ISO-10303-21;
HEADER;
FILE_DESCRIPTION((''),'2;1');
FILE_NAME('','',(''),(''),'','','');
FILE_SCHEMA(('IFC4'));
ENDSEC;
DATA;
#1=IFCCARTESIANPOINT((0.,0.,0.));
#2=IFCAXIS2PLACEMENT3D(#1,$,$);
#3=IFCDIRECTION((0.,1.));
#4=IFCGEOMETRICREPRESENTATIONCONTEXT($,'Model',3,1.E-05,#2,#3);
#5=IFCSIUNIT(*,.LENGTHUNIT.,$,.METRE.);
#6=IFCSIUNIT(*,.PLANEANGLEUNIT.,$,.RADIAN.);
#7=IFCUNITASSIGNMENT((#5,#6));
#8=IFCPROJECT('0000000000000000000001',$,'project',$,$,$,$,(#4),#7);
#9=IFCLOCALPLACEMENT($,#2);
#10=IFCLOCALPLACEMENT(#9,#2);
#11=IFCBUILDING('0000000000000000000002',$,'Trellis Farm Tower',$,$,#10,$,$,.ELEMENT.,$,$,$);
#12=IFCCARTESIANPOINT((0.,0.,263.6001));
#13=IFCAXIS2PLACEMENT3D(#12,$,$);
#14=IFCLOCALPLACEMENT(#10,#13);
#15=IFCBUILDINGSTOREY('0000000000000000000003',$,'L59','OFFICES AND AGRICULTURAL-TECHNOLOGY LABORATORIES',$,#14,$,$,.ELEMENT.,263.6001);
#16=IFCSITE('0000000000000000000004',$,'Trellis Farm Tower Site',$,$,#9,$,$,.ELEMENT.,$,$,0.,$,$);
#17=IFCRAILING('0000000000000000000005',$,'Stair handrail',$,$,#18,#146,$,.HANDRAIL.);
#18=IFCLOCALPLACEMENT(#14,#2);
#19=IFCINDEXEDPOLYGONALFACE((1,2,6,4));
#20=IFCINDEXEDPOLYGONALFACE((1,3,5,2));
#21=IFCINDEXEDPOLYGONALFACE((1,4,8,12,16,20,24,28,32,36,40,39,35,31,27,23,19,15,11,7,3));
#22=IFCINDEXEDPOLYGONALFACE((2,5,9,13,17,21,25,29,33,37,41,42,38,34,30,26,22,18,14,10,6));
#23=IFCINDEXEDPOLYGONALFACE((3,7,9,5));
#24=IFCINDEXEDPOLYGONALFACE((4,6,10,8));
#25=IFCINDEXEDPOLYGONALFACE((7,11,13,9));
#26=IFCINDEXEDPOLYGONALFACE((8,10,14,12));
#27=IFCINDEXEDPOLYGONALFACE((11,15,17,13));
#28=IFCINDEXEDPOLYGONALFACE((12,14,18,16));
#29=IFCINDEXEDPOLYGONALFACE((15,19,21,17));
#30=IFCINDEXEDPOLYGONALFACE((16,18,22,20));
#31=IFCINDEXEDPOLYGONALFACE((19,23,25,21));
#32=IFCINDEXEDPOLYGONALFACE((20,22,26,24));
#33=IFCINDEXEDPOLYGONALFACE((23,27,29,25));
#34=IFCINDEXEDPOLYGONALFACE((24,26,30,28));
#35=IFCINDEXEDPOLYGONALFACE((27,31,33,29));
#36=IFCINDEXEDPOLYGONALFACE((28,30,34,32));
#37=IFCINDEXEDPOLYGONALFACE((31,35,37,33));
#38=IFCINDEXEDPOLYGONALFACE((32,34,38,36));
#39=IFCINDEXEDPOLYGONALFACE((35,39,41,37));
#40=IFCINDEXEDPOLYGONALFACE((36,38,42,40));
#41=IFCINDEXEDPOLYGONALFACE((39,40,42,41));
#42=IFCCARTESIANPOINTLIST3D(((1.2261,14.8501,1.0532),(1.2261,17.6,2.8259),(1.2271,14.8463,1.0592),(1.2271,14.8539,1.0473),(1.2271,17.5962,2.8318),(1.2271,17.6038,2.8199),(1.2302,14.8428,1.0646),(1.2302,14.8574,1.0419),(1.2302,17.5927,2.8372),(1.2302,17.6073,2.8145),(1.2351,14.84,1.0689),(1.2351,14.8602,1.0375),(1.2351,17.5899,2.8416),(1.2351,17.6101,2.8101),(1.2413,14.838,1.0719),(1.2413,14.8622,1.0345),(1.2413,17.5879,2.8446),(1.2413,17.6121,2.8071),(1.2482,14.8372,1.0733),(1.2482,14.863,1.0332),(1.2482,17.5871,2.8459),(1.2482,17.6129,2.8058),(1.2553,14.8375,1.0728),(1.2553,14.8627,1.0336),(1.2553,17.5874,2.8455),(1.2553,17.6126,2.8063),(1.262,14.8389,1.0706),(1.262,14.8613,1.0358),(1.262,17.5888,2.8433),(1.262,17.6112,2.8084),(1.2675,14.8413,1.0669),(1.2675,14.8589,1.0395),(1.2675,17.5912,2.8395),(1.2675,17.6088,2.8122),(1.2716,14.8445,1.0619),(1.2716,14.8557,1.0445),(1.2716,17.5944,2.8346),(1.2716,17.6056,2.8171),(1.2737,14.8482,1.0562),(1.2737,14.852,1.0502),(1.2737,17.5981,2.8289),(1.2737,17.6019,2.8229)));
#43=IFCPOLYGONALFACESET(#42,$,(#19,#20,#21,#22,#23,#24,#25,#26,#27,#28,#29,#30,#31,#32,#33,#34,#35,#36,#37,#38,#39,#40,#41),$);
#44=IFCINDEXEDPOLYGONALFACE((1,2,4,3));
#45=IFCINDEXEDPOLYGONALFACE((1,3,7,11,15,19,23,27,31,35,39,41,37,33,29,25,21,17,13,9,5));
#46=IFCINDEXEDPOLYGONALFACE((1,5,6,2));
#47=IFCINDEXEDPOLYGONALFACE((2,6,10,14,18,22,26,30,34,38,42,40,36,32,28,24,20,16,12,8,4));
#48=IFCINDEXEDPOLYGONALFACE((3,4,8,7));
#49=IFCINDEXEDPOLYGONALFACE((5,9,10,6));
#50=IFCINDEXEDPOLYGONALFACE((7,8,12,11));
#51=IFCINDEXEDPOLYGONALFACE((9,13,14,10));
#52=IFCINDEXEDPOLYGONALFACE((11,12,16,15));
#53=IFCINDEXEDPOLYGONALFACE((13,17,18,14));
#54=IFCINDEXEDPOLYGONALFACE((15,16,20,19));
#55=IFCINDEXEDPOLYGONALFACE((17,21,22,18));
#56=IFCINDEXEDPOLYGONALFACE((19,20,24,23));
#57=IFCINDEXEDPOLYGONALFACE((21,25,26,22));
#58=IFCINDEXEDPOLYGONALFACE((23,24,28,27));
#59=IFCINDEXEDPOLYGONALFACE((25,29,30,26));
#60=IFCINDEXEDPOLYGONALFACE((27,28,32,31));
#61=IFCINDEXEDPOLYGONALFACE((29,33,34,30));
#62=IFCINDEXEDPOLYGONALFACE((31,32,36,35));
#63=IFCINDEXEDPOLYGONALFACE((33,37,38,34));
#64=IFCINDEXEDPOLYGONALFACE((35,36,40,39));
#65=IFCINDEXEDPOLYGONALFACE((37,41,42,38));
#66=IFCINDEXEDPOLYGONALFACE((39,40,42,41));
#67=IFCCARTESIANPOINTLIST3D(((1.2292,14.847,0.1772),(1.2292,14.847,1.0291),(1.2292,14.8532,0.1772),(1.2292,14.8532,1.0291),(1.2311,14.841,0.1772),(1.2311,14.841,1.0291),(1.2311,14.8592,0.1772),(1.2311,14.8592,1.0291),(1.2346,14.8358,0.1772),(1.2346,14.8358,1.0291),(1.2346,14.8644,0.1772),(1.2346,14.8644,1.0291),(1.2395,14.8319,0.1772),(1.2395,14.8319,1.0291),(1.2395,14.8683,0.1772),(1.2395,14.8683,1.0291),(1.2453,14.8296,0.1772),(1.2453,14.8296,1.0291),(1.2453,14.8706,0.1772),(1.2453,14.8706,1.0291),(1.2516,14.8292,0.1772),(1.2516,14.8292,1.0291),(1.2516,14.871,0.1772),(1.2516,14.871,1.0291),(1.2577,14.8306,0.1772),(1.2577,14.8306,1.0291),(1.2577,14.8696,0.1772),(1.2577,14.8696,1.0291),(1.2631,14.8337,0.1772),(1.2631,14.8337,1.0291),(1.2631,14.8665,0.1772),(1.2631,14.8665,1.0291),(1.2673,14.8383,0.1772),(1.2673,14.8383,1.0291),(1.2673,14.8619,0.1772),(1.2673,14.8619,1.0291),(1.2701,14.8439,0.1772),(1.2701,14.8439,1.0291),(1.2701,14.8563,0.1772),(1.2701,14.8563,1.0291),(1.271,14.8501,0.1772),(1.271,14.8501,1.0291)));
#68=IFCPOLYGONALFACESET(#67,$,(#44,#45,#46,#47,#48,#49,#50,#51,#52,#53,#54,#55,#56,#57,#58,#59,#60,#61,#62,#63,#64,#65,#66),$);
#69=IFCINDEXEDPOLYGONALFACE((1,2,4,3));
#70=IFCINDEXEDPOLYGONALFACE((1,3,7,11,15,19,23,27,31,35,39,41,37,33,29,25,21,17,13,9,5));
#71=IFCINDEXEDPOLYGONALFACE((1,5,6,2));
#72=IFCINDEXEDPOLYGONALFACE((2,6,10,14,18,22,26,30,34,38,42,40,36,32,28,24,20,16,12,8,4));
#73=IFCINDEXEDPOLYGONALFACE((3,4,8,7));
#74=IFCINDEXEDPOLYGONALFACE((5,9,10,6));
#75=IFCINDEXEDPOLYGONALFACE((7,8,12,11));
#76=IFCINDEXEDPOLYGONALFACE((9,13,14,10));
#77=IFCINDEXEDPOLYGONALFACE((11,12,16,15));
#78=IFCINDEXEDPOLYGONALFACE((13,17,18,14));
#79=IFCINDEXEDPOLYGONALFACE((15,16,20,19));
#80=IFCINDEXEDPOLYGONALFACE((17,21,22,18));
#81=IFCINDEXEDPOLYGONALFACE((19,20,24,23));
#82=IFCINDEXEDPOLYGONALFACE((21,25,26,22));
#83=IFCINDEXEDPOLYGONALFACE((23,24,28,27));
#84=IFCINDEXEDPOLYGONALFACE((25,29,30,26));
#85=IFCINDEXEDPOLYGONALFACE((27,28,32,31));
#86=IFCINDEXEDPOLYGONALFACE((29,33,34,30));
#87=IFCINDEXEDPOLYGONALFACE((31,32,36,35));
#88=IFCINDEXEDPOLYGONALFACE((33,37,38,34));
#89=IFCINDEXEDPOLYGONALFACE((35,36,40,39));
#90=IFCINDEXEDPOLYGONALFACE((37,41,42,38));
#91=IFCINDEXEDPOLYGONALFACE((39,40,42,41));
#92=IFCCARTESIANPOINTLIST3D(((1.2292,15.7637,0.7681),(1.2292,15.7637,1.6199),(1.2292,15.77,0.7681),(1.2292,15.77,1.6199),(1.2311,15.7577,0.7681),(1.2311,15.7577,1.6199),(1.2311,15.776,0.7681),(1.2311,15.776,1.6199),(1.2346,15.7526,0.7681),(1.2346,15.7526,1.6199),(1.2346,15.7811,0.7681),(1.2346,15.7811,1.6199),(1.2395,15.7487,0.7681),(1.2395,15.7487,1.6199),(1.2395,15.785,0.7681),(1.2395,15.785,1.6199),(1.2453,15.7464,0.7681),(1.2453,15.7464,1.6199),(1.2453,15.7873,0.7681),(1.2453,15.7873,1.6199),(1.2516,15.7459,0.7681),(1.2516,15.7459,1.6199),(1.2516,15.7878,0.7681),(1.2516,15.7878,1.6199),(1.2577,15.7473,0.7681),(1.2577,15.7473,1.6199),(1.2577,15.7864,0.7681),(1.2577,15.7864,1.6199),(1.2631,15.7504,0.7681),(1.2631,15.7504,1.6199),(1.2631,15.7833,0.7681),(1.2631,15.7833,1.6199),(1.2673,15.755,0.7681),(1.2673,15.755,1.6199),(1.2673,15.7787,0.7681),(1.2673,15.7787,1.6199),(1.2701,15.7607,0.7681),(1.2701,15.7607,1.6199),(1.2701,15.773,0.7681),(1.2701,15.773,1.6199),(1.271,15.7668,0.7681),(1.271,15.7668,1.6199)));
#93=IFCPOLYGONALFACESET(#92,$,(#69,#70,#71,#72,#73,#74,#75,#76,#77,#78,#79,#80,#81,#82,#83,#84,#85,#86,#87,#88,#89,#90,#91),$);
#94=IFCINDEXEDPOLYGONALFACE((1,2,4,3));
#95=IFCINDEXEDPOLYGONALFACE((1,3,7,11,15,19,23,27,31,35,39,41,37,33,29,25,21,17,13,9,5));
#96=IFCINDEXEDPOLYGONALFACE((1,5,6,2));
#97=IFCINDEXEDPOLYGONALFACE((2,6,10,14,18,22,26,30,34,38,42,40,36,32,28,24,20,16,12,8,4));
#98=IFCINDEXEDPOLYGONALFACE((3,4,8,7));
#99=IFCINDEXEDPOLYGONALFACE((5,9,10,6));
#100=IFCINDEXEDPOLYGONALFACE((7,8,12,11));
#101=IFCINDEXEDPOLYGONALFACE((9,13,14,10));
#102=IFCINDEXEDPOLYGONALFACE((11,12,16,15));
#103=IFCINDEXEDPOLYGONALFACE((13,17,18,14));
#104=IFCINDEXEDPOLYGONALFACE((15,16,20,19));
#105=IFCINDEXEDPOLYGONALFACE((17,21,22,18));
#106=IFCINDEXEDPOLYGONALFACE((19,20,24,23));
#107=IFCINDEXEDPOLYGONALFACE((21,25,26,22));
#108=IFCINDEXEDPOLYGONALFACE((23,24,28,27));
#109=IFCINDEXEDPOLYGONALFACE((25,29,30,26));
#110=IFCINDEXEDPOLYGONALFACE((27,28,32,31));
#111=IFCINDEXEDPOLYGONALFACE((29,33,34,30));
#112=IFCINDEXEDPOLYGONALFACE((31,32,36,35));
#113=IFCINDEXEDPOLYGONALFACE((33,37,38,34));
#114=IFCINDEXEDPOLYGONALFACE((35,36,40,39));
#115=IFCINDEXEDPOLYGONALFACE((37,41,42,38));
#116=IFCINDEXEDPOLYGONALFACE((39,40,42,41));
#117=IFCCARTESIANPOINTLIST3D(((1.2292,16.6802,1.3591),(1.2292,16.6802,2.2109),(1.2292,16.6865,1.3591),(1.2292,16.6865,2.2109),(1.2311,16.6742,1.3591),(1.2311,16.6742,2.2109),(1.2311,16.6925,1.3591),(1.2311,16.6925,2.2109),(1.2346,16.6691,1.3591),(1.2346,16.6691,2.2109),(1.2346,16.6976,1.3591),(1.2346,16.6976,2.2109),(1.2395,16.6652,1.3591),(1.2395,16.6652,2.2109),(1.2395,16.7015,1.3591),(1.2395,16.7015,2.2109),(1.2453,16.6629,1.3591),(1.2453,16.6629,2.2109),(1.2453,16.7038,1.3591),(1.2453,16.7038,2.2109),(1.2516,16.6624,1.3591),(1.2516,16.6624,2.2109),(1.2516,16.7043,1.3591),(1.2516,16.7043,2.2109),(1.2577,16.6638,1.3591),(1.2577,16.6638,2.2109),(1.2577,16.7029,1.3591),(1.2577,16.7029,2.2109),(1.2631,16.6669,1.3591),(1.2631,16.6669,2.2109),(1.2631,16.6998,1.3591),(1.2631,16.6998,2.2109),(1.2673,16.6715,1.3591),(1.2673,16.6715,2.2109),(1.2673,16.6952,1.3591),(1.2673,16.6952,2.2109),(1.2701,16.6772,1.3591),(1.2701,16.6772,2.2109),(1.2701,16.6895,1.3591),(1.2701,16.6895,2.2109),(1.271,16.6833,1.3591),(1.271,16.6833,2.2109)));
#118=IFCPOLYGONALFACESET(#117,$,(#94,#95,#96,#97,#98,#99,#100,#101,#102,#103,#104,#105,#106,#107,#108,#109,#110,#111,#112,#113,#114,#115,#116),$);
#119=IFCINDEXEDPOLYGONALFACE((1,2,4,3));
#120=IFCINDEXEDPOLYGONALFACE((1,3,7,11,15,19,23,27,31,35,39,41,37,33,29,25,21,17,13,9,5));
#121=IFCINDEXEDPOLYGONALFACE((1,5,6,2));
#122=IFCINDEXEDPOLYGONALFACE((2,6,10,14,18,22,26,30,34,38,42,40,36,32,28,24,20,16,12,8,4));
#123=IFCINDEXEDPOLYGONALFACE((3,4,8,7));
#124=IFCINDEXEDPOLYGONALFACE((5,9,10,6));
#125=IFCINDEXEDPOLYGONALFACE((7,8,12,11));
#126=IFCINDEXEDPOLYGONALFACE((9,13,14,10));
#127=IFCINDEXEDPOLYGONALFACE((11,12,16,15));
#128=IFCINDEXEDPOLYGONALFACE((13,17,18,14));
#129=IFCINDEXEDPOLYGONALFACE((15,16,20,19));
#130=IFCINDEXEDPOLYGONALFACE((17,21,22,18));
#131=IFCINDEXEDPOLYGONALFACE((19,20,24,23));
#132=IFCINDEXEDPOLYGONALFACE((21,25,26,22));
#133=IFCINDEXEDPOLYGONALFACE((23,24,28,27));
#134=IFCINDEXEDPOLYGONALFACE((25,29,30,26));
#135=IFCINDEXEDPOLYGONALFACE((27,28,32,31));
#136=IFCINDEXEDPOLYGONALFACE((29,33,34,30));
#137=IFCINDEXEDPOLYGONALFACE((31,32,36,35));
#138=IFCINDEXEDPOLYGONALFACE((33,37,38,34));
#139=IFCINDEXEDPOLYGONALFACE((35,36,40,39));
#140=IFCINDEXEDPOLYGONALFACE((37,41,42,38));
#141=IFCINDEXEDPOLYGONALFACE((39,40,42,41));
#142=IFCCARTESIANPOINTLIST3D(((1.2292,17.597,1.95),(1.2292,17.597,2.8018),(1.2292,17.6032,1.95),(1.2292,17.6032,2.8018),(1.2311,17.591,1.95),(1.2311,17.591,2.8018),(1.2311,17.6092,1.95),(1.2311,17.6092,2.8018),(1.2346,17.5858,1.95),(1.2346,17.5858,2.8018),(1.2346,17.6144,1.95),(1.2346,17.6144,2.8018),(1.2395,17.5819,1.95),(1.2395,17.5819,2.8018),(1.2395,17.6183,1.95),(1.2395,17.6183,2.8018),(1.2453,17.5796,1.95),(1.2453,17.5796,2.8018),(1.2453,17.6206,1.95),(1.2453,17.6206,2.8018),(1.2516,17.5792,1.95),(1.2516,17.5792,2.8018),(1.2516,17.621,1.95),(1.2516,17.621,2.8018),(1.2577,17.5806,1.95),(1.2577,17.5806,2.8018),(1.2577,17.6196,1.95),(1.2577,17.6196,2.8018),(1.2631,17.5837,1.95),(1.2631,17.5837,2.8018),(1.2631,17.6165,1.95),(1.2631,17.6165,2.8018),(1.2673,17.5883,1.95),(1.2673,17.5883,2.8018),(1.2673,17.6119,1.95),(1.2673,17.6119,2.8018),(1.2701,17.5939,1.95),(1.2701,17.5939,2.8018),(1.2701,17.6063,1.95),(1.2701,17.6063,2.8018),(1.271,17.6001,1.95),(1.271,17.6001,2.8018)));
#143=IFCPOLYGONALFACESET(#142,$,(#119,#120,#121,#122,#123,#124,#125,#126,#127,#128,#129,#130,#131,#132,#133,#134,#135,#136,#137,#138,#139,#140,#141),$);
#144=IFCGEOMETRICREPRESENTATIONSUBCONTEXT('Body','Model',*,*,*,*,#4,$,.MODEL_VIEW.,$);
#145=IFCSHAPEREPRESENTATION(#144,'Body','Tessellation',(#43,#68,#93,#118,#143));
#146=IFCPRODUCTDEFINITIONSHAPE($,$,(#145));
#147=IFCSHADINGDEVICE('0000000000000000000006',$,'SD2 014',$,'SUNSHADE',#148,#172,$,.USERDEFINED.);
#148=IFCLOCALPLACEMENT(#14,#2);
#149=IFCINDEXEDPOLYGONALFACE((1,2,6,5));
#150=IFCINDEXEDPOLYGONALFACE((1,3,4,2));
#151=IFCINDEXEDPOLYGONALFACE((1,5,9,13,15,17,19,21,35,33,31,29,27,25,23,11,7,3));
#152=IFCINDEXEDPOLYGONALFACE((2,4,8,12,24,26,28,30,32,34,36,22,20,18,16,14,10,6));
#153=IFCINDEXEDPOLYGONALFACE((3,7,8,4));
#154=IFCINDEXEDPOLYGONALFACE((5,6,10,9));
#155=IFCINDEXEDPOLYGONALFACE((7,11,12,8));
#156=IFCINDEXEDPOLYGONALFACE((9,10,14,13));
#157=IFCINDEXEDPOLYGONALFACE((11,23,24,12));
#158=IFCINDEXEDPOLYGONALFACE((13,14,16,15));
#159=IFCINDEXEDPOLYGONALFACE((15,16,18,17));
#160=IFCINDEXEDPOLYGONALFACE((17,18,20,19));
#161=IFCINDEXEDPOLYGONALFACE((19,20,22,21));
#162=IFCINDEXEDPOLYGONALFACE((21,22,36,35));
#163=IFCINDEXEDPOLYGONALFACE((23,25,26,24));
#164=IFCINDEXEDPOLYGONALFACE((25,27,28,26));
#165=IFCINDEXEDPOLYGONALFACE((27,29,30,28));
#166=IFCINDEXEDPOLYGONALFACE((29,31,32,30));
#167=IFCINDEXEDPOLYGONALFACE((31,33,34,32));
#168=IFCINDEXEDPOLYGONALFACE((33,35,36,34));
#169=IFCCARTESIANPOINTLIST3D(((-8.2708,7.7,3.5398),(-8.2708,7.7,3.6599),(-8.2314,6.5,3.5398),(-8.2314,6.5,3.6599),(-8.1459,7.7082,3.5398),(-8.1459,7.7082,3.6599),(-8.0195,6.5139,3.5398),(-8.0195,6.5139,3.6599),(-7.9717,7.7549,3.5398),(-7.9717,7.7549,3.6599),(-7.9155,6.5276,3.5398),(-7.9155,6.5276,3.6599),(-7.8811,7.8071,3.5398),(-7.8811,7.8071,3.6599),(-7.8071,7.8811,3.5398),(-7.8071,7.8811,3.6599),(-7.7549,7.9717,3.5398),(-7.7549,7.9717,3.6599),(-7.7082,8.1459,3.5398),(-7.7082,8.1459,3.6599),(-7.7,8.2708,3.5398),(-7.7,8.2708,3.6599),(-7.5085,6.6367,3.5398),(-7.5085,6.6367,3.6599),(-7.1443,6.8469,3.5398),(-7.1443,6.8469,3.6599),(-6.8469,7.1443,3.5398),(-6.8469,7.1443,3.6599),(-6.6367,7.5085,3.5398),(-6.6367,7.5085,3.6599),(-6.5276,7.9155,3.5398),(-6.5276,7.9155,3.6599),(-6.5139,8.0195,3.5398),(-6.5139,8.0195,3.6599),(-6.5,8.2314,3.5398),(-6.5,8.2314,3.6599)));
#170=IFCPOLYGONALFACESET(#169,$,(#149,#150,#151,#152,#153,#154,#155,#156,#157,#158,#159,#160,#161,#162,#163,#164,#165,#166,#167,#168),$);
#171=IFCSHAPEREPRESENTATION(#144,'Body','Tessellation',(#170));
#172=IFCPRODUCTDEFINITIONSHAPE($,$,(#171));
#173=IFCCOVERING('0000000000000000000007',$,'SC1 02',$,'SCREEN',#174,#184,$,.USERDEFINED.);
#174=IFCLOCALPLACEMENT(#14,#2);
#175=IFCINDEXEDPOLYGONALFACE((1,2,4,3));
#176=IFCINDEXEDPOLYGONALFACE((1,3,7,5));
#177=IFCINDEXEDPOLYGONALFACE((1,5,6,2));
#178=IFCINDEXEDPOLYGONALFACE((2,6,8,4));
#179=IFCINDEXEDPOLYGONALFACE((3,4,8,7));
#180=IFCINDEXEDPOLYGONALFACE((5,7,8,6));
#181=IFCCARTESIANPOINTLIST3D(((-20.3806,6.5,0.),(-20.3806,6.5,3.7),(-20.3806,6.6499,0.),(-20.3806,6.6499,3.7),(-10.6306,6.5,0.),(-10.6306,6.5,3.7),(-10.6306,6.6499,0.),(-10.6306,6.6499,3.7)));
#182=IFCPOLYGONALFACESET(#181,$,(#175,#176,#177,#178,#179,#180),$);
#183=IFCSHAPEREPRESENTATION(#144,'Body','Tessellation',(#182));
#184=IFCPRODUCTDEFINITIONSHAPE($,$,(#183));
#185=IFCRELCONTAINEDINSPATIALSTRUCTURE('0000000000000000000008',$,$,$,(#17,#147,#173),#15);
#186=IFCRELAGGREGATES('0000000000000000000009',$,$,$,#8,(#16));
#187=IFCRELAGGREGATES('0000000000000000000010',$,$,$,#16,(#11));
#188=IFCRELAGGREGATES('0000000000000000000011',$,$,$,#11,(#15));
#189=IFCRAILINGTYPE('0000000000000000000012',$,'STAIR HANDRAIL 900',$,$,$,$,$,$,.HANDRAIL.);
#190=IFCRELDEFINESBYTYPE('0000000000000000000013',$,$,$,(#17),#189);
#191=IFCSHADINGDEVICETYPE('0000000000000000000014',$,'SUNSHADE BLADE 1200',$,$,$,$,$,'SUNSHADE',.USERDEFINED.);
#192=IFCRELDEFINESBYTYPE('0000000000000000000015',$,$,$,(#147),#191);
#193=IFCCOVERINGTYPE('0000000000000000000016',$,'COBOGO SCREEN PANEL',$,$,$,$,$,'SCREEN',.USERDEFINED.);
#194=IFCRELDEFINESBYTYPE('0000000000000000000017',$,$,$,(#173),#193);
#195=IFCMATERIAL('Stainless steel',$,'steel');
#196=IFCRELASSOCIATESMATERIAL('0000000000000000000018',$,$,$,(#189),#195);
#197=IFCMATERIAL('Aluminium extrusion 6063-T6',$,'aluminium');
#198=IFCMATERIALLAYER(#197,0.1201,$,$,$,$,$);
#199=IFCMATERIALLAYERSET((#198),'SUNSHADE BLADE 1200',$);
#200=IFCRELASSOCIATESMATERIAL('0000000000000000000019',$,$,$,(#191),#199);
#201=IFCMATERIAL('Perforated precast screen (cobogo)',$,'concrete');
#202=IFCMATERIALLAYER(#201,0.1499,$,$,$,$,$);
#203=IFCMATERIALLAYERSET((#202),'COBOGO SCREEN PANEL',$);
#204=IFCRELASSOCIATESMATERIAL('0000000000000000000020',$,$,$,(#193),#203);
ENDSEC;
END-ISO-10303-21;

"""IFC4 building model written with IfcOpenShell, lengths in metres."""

from ifc_helpers import new_model, si_unit, direction, frame, origin, origin_2d, place, context, subcontext, project, spatial, polyline, circle, outline, extrude, source, transform, mapped, material, layer, layer_set, type_object, element, save


model = new_model("IFC4")

# Units and contexts
model_context = context("Model", 3, precision=1e-05, world=origin(), true_north=direction((0.0, 1.0)))
body_context = subcontext(model_context, "Body", "Model", "MODEL_VIEW")
ifc_project = project(units=[si_unit("LENGTHUNIT", "METRE"), si_unit("PLANEANGLEUNIT", "RADIAN")], contexts=[model_context])

# Site, building, storey
site_placement = place(None, origin())
site = spatial("IfcSite", under=ifc_project, at=site_placement, Name="Trellis Farm Tower Site", CompositionType="ELEMENT", RefElevation=0.0)
building_placement = place(site_placement, origin())
building = spatial("IfcBuilding", under=site, at=building_placement, Name="Trellis Farm Tower", CompositionType="ELEMENT")
storey_placement = place(building_placement, frame((0.0, 0.0, 263.6001)))
storey = spatial("IfcBuildingStorey", under=building, at=storey_placement, Name="L59", Description="OFFICES AND AGRICULTURAL-TECHNOLOGY LABORATORIES", CompositionType="ELEMENT", Elevation=263.6001)

# Shared definitions
placement_1 = place(storey_placement, origin())
ifc_material_1 = material(Name="Aluminium extrusion 6063-T6", Category="aluminium")

# Railing
ifc_material_2 = material(Name="Stainless steel", Category="steel")
railing_type = type_object("IfcRailingType", Name="STAIR HANDRAIL 900", PredefinedType="HANDRAIL", material=ifc_material_2)
shared_shape_1 = source(origin(), body_context, "Body", "SweptSolid", [
    extrude(circle(Radius=0.0239, at=origin_2d()), frame((0.0, 0.0, 0.876), z_axis=(0.0, 0.840504, 0.541806), x_axis=(-1.0, 0.0, 0.0)), (0.0, 0.0, 1.0), 3.2717),
    extrude(circle(Radius=0.021, at=origin_2d()), origin(), (0.0, 0.0, 1.0), 0.8518),
    extrude(circle(Radius=0.021, at=origin_2d()), frame((0.0, 0.9167, 0.5908)), (0.0, 0.0, 1.0), 0.8518),
    extrude(circle(Radius=0.021, at=origin_2d()), frame((0.0, 1.8333, 1.1819)), (0.0, 0.0, 1.0), 0.8518),
    extrude(circle(Radius=0.021, at=origin_2d()), frame((0.0, 2.75, 1.7727)), (0.0, 0.0, 1.0), 0.8518),
])
railing_placement = place(storey_placement, frame((1.25, 14.8501, 0.1772)))
element("IfcRailing", 1, at=railing_placement, inside=storey, type_object=railing_type, Name="Stair handrail", PredefinedType="HANDRAIL", context=body_context, shape_type="MappedRepresentation", body=[
    mapped(shared_shape_1, transform((0.0, 0.0, 0.0))),
])

# Shading device
ifc_layer_1 = layer(ifc_material_1, 0.1201)
ifc_layer_set_1 = layer_set([ifc_layer_1], Name="SUNSHADE BLADE 1200")
shading_device_type_1 = type_object("IfcShadingDeviceType", Name="SUNSHADE BLADE 1200", ElementType="SUNSHADE", PredefinedType="USERDEFINED", material=ifc_layer_set_1)
shared_shape_2 = source(origin(), body_context, "Body", "SweptSolid", [
    extrude(outline(polyline([(-7.7, 8.2708), (-7.7087, 8.1372), (-7.707, 8.1501), (-7.7549, 7.9717), (-7.8071, 7.8811), (-7.8811, 7.8071), (-7.9717, 7.7549), (-8.1501, 7.707), (-8.1372, 7.7087), (-8.2708, 7.7), (-8.2314, 6.5), (-8.0195, 6.5139), (-7.9155, 6.5276), (-7.5085, 6.6367), (-7.1443, 6.8469), (-6.8469, 7.1443), (-6.6367, 7.5085), (-6.5276, 7.9155), (-6.5139, 8.0195), (-6.5, 8.2314), (-7.7, 8.2708)])), origin(), (0.0, 0.0, 1.0), 0.1201),
])
placement_2 = place(storey_placement, frame((0.0, 0.0, 3.5398)))
element("IfcShadingDevice", 2, at=placement_2, inside=storey, type_object=shading_device_type_1, Name="SD2 014", ObjectType="SUNSHADE", PredefinedType="USERDEFINED", context=body_context, shape_type="MappedRepresentation", body=[
    mapped(shared_shape_2, transform((0.0, 0.0, 0.0))),
])

# Covering
ifc_material_3 = material(Name="Perforated precast screen (cobogo)", Category="concrete")
ifc_layer_2 = layer(ifc_material_3, 0.1499)
ifc_layer_set_2 = layer_set([ifc_layer_2], Name="COBOGO SCREEN PANEL")
covering_type = type_object("IfcCoveringType", Name="COBOGO SCREEN PANEL", ElementType="SCREEN", PredefinedType="USERDEFINED", material=ifc_layer_set_2)
shared_shape_3 = source(origin(), body_context, "Body", "SweptSolid", [
    extrude(outline(polyline([(-10.6306, 6.6499), (-20.3806, 6.6499), (-20.3806, 6.5), (-10.6306, 6.5), (-10.6306, 6.6499)])), origin(), (0.0, 0.0, 1.0), 3.7),
])
element("IfcCovering", 3, at=placement_1, inside=storey, type_object=covering_type, Name="SC1 02", ObjectType="SCREEN", PredefinedType="USERDEFINED", context=body_context, shape_type="MappedRepresentation", body=[
    mapped(shared_shape_3, transform((0.0, 0.0, 0.0))),
])

save(model, "model.ifc")
